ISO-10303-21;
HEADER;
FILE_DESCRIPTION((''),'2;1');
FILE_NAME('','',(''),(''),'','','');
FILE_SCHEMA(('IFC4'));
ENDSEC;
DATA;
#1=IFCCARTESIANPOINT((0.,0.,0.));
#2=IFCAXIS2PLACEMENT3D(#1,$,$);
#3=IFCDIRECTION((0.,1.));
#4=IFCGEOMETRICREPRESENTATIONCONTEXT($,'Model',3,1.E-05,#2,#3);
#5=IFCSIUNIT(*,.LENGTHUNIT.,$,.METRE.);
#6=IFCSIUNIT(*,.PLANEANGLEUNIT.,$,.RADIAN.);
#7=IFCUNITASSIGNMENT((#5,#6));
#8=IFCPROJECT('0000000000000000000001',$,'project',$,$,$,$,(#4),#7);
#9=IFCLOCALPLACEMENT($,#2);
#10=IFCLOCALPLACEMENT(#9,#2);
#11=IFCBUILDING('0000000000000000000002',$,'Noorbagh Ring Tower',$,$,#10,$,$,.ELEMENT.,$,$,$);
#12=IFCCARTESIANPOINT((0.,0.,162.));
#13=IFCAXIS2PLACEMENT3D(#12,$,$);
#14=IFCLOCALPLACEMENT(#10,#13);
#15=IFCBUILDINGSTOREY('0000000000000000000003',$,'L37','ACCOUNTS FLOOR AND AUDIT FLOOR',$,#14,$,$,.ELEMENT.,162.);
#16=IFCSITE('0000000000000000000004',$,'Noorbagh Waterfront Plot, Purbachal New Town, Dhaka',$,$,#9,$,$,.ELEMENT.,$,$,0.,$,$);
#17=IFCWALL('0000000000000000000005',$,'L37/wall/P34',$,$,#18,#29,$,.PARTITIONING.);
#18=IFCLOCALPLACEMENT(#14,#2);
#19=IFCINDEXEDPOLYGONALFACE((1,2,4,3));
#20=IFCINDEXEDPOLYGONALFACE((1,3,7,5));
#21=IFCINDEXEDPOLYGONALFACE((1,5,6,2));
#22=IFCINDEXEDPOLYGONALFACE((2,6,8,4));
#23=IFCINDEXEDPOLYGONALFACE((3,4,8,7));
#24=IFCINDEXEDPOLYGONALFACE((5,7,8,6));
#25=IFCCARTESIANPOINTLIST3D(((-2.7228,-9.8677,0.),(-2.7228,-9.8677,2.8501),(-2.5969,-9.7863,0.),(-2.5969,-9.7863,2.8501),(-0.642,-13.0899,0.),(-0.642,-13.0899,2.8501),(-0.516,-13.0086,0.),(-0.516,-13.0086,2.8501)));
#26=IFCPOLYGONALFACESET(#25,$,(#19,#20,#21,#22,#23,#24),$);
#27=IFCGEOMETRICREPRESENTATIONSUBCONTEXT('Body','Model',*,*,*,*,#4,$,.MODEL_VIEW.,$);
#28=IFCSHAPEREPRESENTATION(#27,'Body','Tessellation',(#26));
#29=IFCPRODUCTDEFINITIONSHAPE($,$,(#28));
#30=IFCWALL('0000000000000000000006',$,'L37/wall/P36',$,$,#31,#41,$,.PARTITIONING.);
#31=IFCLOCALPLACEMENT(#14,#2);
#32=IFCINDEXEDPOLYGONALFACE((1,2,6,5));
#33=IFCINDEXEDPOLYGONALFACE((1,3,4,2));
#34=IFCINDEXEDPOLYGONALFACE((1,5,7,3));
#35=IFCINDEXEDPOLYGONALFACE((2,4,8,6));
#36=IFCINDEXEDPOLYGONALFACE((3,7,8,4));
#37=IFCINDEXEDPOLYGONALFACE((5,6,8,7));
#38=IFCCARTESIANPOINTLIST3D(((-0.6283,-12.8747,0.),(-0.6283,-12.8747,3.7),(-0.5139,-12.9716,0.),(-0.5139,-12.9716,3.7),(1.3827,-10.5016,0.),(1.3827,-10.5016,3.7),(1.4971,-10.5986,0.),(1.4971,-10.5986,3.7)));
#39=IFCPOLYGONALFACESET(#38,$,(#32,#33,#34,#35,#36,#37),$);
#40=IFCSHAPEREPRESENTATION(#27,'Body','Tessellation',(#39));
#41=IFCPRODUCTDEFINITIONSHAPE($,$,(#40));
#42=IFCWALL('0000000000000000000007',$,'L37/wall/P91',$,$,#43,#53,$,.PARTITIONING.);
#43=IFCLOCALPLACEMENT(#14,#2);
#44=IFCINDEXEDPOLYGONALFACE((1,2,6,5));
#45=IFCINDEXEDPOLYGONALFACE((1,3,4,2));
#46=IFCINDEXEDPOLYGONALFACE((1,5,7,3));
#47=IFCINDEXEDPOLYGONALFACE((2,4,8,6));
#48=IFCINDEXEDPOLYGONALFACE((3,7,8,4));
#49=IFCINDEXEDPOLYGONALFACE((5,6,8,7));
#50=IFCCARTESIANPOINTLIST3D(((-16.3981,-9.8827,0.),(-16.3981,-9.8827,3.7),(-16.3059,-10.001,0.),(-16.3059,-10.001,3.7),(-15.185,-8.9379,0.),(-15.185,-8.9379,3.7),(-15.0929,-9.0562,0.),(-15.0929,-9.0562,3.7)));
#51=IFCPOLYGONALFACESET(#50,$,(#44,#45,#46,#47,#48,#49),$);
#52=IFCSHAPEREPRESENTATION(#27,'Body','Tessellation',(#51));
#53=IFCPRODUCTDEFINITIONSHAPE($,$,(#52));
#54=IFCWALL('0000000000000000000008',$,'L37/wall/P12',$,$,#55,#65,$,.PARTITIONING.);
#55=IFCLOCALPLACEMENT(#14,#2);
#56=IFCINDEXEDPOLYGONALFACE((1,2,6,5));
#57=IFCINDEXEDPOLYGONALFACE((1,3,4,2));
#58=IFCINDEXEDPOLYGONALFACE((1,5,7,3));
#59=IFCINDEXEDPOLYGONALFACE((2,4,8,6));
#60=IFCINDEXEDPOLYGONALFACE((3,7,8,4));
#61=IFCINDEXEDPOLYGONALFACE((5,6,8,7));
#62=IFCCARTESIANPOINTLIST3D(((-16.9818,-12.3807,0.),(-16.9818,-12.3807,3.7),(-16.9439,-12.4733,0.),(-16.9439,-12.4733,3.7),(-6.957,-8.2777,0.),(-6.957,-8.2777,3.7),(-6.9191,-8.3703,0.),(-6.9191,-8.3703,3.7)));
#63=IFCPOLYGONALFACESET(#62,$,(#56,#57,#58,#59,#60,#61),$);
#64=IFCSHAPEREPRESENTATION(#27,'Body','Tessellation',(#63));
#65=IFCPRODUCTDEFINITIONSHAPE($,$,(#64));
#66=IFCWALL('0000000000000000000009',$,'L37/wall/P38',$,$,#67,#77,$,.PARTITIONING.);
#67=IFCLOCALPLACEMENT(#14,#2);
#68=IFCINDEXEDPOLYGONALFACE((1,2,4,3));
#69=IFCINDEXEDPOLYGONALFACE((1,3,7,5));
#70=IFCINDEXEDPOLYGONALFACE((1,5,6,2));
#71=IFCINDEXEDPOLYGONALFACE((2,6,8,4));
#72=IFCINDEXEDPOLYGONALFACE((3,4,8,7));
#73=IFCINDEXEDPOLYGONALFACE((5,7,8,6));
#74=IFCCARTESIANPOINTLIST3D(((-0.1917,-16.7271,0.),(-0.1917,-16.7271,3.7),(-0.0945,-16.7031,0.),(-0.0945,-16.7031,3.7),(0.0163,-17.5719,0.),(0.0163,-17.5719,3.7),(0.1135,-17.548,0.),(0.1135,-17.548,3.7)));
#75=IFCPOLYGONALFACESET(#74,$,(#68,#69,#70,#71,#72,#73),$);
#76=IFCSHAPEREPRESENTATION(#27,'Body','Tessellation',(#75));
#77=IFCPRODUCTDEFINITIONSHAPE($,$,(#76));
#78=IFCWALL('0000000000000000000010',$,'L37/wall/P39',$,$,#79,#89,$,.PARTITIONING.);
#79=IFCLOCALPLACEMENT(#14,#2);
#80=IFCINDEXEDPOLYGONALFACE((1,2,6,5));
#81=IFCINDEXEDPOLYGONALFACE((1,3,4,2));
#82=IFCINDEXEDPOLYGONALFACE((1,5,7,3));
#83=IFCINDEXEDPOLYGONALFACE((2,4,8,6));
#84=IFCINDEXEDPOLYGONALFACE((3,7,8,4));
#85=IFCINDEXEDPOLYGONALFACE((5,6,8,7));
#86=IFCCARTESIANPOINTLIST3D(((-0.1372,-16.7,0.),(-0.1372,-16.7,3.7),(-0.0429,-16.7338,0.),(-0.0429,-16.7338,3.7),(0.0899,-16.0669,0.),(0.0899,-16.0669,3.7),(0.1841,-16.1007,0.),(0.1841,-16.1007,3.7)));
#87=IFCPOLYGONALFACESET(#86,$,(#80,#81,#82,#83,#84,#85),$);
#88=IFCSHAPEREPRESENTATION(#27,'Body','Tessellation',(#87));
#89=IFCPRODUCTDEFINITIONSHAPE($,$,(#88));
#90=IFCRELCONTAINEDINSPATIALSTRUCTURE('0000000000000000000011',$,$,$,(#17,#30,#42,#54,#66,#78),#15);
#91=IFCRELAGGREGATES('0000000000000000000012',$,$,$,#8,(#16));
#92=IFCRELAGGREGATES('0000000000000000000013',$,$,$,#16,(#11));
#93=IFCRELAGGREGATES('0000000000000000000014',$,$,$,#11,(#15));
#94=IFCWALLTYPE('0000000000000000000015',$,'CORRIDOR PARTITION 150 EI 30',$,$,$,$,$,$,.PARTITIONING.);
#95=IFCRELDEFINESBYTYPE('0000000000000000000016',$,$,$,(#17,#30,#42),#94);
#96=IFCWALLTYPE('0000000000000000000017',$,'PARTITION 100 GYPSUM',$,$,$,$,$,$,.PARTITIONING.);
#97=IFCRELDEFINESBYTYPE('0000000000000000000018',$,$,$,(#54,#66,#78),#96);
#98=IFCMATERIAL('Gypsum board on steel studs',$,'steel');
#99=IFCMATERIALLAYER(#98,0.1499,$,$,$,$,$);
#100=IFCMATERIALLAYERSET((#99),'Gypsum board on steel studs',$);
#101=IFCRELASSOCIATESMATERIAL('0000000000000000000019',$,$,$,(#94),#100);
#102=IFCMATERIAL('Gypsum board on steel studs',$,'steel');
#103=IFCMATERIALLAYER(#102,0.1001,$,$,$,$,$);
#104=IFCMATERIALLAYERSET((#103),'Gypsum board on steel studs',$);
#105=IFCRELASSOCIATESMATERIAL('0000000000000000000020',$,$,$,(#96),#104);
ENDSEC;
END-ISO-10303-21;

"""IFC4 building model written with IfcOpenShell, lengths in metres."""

from ifc_helpers import new_model, si_unit, direction, frame, frame_2d, origin, place, context, subcontext, project, spatial, rectangle, extrude, material, layer, layer_set, type_object, element, save


model = new_model("IFC4")

# Units and contexts
model_context = context("Model", 3, precision=1e-05, world=origin(), true_north=direction((0.0, 1.0)))
body_context = subcontext(model_context, "Body", "Model", "MODEL_VIEW")
ifc_project = project(units=[si_unit("LENGTHUNIT", "METRE"), si_unit("PLANEANGLEUNIT", "RADIAN")], contexts=[model_context])

# Site, building, storey
site_placement = place(None, origin())
site = spatial("IfcSite", under=ifc_project, at=site_placement, Name="Noorbagh Waterfront Plot, Purbachal New Town, Dhaka", CompositionType="ELEMENT", RefElevation=0.0)
building_placement = place(site_placement, origin())
building = spatial("IfcBuilding", under=site, at=building_placement, Name="Noorbagh Ring Tower", CompositionType="ELEMENT")
storey_placement = place(building_placement, frame((0.0, 0.0, 162.0)))
storey = spatial("IfcBuildingStorey", under=building, at=storey_placement, Name="L37", Description="ACCOUNTS FLOOR AND AUDIT FLOOR", CompositionType="ELEMENT", Elevation=162.0)

# Walls
ifc_material_1 = material(Name="Gypsum board on steel studs", Category="steel")
ifc_layer_1 = layer(ifc_material_1, 0.1499)
ifc_layer_set_1 = layer_set([ifc_layer_1], Name="Gypsum board on steel studs")
wall_type_1 = type_object("IfcWallType", Name="CORRIDOR PARTITION 150 EI 30", PredefinedType="PARTITIONING", material=ifc_layer_set_1)
wall_1_placement = place(storey_placement, frame((-2.6599, -9.8269, 0.0), z_axis=(0.0, 0.0, 1.0), x_axis=(0.542494, -0.84006, 0.0)))
element("IfcWall", 1, at=wall_1_placement, inside=storey, type_object=wall_type_1, Name="L37/wall/P34", PredefinedType="PARTITIONING", context=body_context, shape_type="SweptSolid", body=[
    extrude(rectangle(XDim=3.8357, YDim=0.1499, at=frame_2d((1.918, 0.0))), origin(), (0.0, 0.0, 1.0), 2.8501),
])
wall_2_placement = place(storey_placement, frame((-0.571, -12.9231, 0.0), z_axis=(0.0, 0.0, 1.0), x_axis=(0.646509, 0.762907, 0.0)))
element("IfcWall", 2, at=wall_2_placement, inside=storey, type_object=wall_type_1, Name="L37/wall/P36", PredefinedType="PARTITIONING", context=body_context, shape_type="SweptSolid", body=[
    extrude(rectangle(XDim=3.1106, YDim=0.1499, at=frame_2d((1.5552, 0.0))), origin(), (0.0, 0.0, 1.0), 3.7),
])
wall_3_placement = place(storey_placement, frame((-15.1389, -8.9971, 0.0), z_axis=(0.0, 0.0, 1.0), x_axis=(-0.78895, -0.614457, 0.0)))
element("IfcWall", 3, at=wall_3_placement, inside=storey, type_object=wall_type_1, Name="L37/wall/P91", PredefinedType="PARTITIONING", context=body_context, shape_type="SweptSolid", body=[
    extrude(rectangle(XDim=1.5376, YDim=0.1499, at=frame_2d((0.7688, 0.0))), origin(), (0.0, 0.0, 1.0), 3.7),
])
ifc_material_2 = material(Name="Gypsum board on steel studs", Category="steel")
ifc_layer_2 = layer(ifc_material_2, 0.1001)
ifc_layer_set_2 = layer_set([ifc_layer_2], Name="Gypsum board on steel studs")
wall_type_2 = type_object("IfcWallType", Name="PARTITION 100 GYPSUM", PredefinedType="PARTITIONING", material=ifc_layer_set_2)
wall_4_placement = place(storey_placement, frame((-16.9629, -12.427, 0.0), z_axis=(0.0, 0.0, 1.0), x_axis=(0.925484, 0.378786, 0.0)))
element("IfcWall", 4, at=wall_4_placement, inside=storey, type_object=wall_type_2, Name="L37/wall/P12", PredefinedType="PARTITIONING", context=body_context, shape_type="SweptSolid", body=[
    extrude(rectangle(XDim=10.832, YDim=0.1001, at=frame_2d((5.416, 0.0))), origin(), (0.0, 0.0, 1.0), 3.7),
])
wall_5_placement = place(storey_placement, frame((-0.1431, -16.7151, 0.0), z_axis=(0.0, 0.0, 1.0), x_axis=(0.239035, -0.971011, 0.0)))
element("IfcWall", 5, at=wall_5_placement, inside=storey, type_object=wall_type_2, Name="L37/wall/P38", PredefinedType="PARTITIONING", context=body_context, shape_type="SweptSolid", body=[
    extrude(rectangle(XDim=0.8701, YDim=0.1001, at=frame_2d((0.4351, 0.0))), origin(), (0.0, 0.0, 1.0), 3.7),
])
wall_6_placement = place(storey_placement, frame((-0.0901, -16.717, 0.0), z_axis=(0.0, 0.0, 1.0), x_axis=(0.337601, 0.941289, 0.0)))
element("IfcWall", 6, at=wall_6_placement, inside=storey, type_object=wall_type_2, Name="L37/wall/P39", PredefinedType="PARTITIONING", context=body_context, shape_type="SweptSolid", body=[
    extrude(rectangle(XDim=0.6726, YDim=0.1001, at=frame_2d((0.3364, 0.0))), origin(), (0.0, 0.0, 1.0), 3.7),
])

save(model, "model.ifc")
